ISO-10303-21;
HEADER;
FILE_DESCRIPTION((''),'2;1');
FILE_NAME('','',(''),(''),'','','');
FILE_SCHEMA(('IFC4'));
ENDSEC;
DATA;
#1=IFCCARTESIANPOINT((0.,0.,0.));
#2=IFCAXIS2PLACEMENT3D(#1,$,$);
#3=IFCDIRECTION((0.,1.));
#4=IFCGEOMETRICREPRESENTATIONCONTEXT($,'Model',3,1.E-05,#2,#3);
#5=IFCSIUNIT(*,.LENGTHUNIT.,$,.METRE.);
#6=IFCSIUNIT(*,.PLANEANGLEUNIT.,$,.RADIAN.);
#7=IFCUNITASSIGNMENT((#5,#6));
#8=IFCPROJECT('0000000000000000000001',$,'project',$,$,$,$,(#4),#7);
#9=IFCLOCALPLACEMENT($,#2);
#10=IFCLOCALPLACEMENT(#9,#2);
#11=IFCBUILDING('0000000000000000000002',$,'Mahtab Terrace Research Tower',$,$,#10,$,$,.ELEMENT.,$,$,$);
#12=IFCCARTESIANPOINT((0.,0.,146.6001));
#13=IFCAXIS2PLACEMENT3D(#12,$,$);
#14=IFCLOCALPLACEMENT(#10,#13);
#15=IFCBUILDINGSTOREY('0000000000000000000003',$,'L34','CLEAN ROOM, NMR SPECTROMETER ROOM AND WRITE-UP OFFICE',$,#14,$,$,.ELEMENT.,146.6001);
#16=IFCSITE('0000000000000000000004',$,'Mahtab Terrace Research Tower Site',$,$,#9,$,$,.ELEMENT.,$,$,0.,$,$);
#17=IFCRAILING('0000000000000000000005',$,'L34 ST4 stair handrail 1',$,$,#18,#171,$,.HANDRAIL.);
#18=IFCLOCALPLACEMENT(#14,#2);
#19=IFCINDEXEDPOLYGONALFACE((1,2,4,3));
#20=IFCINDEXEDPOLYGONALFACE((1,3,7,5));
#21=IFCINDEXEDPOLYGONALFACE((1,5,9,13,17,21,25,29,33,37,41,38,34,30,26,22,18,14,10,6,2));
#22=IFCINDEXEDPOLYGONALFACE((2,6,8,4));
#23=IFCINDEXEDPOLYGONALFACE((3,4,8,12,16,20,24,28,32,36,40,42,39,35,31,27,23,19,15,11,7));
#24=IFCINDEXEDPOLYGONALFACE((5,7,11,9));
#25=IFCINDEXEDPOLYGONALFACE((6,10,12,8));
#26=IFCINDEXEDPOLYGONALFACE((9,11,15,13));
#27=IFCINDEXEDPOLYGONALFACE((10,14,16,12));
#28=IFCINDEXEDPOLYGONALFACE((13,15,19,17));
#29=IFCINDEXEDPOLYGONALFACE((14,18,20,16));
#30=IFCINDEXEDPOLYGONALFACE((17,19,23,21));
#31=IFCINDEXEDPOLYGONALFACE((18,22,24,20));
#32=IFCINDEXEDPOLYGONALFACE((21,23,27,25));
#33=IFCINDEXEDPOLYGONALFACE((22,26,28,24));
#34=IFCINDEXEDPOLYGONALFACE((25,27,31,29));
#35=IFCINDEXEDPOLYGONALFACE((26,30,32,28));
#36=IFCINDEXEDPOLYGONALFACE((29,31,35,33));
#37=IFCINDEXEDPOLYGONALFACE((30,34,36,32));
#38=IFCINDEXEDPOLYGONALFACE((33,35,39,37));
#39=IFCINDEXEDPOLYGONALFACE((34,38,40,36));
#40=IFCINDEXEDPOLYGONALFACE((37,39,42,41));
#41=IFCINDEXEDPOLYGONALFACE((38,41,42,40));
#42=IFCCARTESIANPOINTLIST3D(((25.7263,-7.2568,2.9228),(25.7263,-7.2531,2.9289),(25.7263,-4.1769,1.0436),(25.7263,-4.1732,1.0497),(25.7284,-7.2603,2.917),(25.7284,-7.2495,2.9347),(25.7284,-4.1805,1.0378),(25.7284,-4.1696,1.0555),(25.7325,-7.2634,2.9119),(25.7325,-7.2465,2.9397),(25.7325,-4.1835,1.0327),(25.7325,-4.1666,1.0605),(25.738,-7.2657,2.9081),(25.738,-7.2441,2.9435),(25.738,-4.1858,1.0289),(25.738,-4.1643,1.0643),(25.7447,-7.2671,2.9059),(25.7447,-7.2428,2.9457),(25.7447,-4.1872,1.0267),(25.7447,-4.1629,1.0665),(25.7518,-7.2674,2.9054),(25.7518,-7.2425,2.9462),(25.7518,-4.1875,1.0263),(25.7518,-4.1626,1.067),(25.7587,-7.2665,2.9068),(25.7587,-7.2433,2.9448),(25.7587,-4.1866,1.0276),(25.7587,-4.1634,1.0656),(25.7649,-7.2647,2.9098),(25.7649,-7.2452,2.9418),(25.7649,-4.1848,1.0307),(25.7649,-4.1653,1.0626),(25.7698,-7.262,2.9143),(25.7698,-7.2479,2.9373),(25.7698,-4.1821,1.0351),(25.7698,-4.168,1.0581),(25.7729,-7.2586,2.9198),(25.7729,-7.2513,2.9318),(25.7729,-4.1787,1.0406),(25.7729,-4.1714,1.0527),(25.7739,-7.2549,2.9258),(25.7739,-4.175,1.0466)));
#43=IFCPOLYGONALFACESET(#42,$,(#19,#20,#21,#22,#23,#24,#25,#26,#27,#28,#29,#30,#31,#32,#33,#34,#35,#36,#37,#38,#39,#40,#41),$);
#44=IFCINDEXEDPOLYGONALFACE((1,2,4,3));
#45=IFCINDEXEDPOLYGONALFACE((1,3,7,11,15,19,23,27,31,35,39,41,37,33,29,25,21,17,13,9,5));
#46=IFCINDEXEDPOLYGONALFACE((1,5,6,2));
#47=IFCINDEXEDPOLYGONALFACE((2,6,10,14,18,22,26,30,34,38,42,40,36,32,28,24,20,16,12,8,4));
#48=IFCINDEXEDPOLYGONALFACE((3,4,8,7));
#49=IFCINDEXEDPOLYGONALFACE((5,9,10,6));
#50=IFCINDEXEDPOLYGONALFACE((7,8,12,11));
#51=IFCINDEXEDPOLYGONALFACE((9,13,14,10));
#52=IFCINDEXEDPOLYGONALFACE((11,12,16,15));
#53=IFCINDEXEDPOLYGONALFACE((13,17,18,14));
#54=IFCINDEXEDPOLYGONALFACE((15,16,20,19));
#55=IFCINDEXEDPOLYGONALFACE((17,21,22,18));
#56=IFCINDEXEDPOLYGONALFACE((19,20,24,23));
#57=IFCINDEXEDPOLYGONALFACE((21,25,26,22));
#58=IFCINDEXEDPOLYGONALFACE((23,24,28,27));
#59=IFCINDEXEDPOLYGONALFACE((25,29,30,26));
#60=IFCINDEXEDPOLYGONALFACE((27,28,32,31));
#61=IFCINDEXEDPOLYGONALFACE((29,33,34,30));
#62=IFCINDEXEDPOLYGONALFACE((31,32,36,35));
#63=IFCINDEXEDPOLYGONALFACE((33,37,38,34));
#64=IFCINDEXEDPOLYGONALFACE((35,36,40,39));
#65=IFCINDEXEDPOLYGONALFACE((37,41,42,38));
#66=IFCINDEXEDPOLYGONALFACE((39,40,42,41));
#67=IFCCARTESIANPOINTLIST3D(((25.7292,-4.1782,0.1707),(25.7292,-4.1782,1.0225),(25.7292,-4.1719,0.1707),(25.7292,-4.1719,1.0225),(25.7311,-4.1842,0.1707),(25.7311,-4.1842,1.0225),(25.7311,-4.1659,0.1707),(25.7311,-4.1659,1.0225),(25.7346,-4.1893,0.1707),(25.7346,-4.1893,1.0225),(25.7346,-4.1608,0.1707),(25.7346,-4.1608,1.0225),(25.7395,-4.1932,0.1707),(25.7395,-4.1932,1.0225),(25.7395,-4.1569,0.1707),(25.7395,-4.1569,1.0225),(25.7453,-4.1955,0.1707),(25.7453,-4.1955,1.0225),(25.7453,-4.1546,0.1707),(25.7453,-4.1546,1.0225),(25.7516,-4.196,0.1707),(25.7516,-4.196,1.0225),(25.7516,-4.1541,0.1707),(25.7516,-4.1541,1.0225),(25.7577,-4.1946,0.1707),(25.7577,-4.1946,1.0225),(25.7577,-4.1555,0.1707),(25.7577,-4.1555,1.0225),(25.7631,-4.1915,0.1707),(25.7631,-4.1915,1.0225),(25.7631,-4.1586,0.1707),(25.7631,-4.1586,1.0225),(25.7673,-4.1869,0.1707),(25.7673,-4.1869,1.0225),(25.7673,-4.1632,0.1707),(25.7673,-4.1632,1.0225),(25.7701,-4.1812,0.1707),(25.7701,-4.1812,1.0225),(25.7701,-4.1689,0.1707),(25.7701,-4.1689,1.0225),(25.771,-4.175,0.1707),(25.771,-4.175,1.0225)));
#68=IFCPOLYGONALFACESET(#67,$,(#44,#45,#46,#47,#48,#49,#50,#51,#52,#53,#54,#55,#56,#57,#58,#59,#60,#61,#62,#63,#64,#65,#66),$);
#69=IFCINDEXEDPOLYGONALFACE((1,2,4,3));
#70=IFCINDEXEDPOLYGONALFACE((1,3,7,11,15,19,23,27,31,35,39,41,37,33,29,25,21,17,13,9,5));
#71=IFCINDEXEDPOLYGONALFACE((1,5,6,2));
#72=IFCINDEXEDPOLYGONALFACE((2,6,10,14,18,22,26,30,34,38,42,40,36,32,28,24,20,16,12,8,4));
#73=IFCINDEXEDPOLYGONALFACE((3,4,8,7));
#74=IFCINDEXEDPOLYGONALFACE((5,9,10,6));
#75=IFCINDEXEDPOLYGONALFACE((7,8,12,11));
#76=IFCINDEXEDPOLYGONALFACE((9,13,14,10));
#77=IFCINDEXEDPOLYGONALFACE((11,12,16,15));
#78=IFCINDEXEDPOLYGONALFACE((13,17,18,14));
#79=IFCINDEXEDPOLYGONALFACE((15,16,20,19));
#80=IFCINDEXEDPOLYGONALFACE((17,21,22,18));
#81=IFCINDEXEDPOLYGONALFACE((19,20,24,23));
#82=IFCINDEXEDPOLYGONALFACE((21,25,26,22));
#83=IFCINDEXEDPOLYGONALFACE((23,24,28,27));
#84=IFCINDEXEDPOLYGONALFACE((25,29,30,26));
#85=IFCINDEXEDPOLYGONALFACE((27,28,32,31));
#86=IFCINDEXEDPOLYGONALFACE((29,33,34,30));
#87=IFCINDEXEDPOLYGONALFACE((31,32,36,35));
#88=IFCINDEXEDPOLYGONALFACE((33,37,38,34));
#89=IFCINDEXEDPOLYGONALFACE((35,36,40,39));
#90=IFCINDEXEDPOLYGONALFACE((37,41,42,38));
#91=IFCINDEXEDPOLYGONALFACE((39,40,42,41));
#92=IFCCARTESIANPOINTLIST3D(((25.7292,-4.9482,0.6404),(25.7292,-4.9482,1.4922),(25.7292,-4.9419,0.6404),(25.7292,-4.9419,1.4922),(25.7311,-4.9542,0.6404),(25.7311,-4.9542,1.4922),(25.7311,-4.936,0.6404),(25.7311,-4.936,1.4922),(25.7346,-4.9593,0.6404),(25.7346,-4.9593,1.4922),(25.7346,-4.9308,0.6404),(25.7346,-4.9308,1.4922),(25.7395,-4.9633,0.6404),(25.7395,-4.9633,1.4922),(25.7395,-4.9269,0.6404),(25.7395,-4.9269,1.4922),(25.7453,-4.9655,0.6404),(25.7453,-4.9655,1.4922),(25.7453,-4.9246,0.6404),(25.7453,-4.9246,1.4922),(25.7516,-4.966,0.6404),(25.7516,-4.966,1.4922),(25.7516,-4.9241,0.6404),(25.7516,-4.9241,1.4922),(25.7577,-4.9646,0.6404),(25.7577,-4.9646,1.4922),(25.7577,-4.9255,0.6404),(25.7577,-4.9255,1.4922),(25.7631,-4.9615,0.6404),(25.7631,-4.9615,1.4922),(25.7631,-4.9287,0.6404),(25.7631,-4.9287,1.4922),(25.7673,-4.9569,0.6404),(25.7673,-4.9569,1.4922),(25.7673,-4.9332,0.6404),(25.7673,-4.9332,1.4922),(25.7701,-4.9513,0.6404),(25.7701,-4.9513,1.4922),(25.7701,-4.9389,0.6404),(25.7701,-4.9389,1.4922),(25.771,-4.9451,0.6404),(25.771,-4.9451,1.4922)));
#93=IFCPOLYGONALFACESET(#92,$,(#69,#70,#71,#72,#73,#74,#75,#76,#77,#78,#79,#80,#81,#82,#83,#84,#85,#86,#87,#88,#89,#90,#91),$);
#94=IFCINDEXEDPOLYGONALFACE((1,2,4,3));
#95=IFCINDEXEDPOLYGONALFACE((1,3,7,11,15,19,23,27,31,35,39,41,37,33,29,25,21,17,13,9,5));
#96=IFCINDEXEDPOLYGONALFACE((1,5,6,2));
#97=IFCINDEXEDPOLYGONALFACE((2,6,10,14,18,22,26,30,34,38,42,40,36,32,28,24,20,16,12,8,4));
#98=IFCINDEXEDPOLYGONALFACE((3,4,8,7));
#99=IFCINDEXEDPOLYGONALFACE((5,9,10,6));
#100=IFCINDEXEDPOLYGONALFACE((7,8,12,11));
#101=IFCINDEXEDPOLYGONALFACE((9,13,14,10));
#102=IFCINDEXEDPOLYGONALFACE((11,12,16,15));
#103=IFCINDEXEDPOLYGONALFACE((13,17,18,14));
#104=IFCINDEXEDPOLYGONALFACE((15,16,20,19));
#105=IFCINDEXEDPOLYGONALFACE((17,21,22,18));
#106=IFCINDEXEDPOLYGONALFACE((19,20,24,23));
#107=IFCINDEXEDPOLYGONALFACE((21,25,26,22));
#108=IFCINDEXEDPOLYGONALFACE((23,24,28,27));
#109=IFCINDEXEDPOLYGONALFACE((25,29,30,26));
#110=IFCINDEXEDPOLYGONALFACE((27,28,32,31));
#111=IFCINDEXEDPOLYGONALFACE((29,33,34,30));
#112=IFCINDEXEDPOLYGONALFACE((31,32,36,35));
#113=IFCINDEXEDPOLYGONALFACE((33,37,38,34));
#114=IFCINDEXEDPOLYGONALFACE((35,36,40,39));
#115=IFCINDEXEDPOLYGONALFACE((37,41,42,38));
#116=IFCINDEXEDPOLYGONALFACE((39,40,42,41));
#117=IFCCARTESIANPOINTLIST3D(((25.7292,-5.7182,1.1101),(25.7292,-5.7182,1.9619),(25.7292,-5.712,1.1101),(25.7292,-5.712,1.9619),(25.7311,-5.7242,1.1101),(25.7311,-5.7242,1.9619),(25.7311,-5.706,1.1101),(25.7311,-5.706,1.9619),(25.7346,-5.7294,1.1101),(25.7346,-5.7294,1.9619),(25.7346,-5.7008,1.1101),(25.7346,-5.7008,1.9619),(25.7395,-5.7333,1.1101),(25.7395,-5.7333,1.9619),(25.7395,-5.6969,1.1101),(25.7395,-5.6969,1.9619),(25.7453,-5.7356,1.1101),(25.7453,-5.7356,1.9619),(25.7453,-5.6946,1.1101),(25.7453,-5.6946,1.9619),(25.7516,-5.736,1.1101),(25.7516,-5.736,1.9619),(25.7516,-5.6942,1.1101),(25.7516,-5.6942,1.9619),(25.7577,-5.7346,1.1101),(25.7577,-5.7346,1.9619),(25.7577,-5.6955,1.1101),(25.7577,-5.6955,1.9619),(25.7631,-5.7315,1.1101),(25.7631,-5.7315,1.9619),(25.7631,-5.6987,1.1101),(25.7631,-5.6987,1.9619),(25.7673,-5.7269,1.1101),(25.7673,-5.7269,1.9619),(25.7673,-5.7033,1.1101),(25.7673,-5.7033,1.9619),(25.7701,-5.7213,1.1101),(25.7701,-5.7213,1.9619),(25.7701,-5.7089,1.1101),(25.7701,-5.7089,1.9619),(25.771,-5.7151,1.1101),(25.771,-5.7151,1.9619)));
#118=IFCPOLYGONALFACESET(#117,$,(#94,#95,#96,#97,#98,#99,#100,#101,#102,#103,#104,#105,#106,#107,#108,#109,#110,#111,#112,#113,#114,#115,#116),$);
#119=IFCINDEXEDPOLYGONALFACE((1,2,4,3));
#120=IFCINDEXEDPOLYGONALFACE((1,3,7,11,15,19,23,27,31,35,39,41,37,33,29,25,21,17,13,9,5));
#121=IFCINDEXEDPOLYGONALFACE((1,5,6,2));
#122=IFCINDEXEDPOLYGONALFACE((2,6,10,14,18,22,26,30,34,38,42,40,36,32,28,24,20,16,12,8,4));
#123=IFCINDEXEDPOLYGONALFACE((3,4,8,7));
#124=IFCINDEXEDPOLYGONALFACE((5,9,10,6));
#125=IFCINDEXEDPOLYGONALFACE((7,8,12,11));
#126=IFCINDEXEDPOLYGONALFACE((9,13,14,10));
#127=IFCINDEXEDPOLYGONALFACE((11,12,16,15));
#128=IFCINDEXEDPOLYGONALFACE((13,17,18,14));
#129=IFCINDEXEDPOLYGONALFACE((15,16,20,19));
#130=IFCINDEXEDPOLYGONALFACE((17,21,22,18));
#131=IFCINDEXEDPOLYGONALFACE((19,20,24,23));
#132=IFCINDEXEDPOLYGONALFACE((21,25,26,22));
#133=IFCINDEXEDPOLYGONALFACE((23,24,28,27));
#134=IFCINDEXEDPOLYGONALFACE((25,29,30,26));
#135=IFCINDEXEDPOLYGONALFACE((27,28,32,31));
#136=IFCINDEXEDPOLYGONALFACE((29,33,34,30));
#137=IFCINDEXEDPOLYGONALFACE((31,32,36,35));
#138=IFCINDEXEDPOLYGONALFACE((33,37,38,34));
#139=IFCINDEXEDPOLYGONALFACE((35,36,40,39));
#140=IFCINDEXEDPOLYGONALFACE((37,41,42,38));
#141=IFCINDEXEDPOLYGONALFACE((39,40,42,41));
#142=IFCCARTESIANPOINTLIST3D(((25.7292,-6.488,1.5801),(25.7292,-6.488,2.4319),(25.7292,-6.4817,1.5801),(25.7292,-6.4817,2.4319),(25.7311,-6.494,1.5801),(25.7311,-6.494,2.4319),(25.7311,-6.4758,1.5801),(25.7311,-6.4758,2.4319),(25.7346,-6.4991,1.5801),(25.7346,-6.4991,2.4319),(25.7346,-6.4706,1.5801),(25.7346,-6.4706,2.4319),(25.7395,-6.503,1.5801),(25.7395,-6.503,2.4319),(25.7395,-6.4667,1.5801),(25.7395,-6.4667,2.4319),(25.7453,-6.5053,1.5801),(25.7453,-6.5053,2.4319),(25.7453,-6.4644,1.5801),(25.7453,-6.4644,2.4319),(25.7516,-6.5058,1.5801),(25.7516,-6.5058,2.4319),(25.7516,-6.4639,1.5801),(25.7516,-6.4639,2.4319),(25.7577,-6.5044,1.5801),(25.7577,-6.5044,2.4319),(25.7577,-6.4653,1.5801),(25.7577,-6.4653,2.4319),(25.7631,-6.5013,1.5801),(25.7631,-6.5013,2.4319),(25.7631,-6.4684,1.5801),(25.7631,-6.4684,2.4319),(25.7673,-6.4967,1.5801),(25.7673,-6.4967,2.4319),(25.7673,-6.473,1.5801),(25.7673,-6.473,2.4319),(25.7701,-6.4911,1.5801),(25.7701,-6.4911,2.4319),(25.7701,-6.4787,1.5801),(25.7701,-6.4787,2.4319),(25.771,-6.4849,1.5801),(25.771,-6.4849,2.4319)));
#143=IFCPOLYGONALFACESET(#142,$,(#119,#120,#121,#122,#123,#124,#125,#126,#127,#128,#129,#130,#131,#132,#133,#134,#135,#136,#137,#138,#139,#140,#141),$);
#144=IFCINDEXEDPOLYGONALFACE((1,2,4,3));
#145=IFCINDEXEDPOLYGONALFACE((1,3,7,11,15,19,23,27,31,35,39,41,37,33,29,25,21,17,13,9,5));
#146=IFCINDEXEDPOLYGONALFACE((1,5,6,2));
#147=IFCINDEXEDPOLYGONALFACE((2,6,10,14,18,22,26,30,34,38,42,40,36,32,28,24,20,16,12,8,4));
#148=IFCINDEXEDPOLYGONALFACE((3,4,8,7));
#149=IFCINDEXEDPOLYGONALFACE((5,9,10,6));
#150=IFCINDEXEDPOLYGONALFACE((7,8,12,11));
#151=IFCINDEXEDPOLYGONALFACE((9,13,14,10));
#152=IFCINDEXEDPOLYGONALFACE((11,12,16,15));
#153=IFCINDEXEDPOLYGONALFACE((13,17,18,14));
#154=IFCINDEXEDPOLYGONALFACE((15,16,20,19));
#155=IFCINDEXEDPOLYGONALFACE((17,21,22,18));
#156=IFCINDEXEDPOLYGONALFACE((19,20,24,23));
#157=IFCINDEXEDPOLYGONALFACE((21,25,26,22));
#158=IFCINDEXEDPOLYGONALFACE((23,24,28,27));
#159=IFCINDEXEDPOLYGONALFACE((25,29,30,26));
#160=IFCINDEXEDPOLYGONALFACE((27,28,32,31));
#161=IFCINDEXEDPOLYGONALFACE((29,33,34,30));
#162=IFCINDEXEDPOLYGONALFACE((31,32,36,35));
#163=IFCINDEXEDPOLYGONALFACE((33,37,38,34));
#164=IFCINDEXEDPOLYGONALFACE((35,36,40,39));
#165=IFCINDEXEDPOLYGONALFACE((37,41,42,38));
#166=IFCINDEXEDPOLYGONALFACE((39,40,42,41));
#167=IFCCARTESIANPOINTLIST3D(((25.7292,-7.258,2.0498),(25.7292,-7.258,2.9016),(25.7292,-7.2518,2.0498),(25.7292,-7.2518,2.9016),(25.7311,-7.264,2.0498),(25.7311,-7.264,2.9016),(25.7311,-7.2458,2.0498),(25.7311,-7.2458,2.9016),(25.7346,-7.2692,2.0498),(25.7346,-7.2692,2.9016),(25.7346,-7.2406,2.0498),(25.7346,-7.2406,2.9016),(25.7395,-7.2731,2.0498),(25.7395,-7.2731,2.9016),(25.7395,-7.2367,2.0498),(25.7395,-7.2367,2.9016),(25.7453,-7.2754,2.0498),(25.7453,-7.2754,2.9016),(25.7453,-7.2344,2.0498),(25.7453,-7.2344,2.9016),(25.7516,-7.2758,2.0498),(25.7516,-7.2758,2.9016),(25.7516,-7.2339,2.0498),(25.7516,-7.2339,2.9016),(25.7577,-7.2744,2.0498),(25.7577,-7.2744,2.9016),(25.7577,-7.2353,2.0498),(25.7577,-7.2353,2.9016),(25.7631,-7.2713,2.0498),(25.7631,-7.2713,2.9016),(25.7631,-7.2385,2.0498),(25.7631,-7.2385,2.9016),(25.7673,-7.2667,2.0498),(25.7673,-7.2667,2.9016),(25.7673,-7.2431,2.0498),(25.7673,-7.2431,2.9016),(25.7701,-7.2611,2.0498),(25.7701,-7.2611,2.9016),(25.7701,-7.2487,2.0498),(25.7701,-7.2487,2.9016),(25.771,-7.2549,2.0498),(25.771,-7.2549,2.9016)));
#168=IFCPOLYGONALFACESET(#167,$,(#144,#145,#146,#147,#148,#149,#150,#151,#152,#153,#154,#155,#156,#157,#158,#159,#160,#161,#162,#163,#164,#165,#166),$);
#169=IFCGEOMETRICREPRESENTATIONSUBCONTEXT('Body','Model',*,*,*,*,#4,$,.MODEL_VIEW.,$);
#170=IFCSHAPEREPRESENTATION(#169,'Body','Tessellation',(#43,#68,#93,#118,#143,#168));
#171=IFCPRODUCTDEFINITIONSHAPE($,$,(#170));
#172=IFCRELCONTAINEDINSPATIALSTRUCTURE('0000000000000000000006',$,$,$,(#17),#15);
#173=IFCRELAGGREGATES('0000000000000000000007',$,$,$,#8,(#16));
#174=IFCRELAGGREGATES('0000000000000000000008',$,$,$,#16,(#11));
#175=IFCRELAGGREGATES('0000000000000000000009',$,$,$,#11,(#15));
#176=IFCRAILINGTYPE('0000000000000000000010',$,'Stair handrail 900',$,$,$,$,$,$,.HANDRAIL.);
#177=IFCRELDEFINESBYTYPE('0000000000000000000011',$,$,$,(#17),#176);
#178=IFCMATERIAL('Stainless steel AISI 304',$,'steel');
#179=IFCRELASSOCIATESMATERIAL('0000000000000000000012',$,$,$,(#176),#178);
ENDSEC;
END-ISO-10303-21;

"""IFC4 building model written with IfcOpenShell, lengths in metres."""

from ifc_helpers import new_model, si_unit, direction, frame, origin, origin_2d, place, context, subcontext, project, spatial, circle, extrude, material, type_object, element, save


model = new_model("IFC4")

# Units and contexts
model_context = context("Model", 3, precision=1e-05, world=origin(), true_north=direction((0.0, 1.0)))
body_context = subcontext(model_context, "Body", "Model", "MODEL_VIEW")
ifc_project = project(units=[si_unit("LENGTHUNIT", "METRE"), si_unit("PLANEANGLEUNIT", "RADIAN")], contexts=[model_context])

# Site, building, storey
site_placement = place(None, origin())
site = spatial("IfcSite", under=ifc_project, at=site_placement, Name="Mahtab Terrace Research Tower Site", CompositionType="ELEMENT", RefElevation=0.0)
building_placement = place(site_placement, origin())
building = spatial("IfcBuilding", under=site, at=building_placement, Name="Mahtab Terrace Research Tower", CompositionType="ELEMENT")
storey_placement = place(building_placement, frame((0.0, 0.0, 146.6001)))
storey = spatial("IfcBuildingStorey", under=building, at=storey_placement, Name="L34", Description="CLEAN ROOM, NMR SPECTROMETER ROOM AND WRITE-UP OFFICE", CompositionType="ELEMENT", Elevation=146.6001)

# Railing
ifc_material_1 = material(Name="Stainless steel AISI 304", Category="steel")
railing_type_1 = type_object("IfcRailingType", Name="Stair handrail 900", PredefinedType="HANDRAIL", material=ifc_material_1)
railing_1_placement = place(storey_placement, frame((25.75, -4.175, 0.1707)))
element("IfcRailing", 1, at=railing_1_placement, inside=storey, type_object=railing_type_1, Name="L34 ST4 stair handrail 1", PredefinedType="HANDRAIL", context=body_context, shape_type="SweptSolid", body=[
    extrude(circle(Radius=0.0239, at=origin_2d()), frame((0.0, 0.0, 0.876), z_axis=(0.0, -0.853648, 0.52085), x_axis=(1.0, 0.0, 0.0)), (0.0, 0.0, 1.0), 3.6079),
    extrude(circle(Radius=0.021, at=origin_2d()), origin(), (0.0, 0.0, 1.0), 0.8518),
    extrude(circle(Radius=0.021, at=origin_2d()), frame((0.0, -0.77, 0.4697)), (0.0, 0.0, 1.0), 0.8518),
    extrude(circle(Radius=0.021, at=origin_2d()), frame((0.0, -1.54, 0.9395)), (0.0, 0.0, 1.0), 0.8518),
    extrude(circle(Radius=0.021, at=origin_2d()), frame((0.0, -2.3098, 1.4094)), (0.0, 0.0, 1.0), 0.8518),
    extrude(circle(Radius=0.021, at=origin_2d()), frame((0.0, -3.0798, 1.8792)), (0.0, 0.0, 1.0), 0.8518),
])

save(model, "model.ifc")
